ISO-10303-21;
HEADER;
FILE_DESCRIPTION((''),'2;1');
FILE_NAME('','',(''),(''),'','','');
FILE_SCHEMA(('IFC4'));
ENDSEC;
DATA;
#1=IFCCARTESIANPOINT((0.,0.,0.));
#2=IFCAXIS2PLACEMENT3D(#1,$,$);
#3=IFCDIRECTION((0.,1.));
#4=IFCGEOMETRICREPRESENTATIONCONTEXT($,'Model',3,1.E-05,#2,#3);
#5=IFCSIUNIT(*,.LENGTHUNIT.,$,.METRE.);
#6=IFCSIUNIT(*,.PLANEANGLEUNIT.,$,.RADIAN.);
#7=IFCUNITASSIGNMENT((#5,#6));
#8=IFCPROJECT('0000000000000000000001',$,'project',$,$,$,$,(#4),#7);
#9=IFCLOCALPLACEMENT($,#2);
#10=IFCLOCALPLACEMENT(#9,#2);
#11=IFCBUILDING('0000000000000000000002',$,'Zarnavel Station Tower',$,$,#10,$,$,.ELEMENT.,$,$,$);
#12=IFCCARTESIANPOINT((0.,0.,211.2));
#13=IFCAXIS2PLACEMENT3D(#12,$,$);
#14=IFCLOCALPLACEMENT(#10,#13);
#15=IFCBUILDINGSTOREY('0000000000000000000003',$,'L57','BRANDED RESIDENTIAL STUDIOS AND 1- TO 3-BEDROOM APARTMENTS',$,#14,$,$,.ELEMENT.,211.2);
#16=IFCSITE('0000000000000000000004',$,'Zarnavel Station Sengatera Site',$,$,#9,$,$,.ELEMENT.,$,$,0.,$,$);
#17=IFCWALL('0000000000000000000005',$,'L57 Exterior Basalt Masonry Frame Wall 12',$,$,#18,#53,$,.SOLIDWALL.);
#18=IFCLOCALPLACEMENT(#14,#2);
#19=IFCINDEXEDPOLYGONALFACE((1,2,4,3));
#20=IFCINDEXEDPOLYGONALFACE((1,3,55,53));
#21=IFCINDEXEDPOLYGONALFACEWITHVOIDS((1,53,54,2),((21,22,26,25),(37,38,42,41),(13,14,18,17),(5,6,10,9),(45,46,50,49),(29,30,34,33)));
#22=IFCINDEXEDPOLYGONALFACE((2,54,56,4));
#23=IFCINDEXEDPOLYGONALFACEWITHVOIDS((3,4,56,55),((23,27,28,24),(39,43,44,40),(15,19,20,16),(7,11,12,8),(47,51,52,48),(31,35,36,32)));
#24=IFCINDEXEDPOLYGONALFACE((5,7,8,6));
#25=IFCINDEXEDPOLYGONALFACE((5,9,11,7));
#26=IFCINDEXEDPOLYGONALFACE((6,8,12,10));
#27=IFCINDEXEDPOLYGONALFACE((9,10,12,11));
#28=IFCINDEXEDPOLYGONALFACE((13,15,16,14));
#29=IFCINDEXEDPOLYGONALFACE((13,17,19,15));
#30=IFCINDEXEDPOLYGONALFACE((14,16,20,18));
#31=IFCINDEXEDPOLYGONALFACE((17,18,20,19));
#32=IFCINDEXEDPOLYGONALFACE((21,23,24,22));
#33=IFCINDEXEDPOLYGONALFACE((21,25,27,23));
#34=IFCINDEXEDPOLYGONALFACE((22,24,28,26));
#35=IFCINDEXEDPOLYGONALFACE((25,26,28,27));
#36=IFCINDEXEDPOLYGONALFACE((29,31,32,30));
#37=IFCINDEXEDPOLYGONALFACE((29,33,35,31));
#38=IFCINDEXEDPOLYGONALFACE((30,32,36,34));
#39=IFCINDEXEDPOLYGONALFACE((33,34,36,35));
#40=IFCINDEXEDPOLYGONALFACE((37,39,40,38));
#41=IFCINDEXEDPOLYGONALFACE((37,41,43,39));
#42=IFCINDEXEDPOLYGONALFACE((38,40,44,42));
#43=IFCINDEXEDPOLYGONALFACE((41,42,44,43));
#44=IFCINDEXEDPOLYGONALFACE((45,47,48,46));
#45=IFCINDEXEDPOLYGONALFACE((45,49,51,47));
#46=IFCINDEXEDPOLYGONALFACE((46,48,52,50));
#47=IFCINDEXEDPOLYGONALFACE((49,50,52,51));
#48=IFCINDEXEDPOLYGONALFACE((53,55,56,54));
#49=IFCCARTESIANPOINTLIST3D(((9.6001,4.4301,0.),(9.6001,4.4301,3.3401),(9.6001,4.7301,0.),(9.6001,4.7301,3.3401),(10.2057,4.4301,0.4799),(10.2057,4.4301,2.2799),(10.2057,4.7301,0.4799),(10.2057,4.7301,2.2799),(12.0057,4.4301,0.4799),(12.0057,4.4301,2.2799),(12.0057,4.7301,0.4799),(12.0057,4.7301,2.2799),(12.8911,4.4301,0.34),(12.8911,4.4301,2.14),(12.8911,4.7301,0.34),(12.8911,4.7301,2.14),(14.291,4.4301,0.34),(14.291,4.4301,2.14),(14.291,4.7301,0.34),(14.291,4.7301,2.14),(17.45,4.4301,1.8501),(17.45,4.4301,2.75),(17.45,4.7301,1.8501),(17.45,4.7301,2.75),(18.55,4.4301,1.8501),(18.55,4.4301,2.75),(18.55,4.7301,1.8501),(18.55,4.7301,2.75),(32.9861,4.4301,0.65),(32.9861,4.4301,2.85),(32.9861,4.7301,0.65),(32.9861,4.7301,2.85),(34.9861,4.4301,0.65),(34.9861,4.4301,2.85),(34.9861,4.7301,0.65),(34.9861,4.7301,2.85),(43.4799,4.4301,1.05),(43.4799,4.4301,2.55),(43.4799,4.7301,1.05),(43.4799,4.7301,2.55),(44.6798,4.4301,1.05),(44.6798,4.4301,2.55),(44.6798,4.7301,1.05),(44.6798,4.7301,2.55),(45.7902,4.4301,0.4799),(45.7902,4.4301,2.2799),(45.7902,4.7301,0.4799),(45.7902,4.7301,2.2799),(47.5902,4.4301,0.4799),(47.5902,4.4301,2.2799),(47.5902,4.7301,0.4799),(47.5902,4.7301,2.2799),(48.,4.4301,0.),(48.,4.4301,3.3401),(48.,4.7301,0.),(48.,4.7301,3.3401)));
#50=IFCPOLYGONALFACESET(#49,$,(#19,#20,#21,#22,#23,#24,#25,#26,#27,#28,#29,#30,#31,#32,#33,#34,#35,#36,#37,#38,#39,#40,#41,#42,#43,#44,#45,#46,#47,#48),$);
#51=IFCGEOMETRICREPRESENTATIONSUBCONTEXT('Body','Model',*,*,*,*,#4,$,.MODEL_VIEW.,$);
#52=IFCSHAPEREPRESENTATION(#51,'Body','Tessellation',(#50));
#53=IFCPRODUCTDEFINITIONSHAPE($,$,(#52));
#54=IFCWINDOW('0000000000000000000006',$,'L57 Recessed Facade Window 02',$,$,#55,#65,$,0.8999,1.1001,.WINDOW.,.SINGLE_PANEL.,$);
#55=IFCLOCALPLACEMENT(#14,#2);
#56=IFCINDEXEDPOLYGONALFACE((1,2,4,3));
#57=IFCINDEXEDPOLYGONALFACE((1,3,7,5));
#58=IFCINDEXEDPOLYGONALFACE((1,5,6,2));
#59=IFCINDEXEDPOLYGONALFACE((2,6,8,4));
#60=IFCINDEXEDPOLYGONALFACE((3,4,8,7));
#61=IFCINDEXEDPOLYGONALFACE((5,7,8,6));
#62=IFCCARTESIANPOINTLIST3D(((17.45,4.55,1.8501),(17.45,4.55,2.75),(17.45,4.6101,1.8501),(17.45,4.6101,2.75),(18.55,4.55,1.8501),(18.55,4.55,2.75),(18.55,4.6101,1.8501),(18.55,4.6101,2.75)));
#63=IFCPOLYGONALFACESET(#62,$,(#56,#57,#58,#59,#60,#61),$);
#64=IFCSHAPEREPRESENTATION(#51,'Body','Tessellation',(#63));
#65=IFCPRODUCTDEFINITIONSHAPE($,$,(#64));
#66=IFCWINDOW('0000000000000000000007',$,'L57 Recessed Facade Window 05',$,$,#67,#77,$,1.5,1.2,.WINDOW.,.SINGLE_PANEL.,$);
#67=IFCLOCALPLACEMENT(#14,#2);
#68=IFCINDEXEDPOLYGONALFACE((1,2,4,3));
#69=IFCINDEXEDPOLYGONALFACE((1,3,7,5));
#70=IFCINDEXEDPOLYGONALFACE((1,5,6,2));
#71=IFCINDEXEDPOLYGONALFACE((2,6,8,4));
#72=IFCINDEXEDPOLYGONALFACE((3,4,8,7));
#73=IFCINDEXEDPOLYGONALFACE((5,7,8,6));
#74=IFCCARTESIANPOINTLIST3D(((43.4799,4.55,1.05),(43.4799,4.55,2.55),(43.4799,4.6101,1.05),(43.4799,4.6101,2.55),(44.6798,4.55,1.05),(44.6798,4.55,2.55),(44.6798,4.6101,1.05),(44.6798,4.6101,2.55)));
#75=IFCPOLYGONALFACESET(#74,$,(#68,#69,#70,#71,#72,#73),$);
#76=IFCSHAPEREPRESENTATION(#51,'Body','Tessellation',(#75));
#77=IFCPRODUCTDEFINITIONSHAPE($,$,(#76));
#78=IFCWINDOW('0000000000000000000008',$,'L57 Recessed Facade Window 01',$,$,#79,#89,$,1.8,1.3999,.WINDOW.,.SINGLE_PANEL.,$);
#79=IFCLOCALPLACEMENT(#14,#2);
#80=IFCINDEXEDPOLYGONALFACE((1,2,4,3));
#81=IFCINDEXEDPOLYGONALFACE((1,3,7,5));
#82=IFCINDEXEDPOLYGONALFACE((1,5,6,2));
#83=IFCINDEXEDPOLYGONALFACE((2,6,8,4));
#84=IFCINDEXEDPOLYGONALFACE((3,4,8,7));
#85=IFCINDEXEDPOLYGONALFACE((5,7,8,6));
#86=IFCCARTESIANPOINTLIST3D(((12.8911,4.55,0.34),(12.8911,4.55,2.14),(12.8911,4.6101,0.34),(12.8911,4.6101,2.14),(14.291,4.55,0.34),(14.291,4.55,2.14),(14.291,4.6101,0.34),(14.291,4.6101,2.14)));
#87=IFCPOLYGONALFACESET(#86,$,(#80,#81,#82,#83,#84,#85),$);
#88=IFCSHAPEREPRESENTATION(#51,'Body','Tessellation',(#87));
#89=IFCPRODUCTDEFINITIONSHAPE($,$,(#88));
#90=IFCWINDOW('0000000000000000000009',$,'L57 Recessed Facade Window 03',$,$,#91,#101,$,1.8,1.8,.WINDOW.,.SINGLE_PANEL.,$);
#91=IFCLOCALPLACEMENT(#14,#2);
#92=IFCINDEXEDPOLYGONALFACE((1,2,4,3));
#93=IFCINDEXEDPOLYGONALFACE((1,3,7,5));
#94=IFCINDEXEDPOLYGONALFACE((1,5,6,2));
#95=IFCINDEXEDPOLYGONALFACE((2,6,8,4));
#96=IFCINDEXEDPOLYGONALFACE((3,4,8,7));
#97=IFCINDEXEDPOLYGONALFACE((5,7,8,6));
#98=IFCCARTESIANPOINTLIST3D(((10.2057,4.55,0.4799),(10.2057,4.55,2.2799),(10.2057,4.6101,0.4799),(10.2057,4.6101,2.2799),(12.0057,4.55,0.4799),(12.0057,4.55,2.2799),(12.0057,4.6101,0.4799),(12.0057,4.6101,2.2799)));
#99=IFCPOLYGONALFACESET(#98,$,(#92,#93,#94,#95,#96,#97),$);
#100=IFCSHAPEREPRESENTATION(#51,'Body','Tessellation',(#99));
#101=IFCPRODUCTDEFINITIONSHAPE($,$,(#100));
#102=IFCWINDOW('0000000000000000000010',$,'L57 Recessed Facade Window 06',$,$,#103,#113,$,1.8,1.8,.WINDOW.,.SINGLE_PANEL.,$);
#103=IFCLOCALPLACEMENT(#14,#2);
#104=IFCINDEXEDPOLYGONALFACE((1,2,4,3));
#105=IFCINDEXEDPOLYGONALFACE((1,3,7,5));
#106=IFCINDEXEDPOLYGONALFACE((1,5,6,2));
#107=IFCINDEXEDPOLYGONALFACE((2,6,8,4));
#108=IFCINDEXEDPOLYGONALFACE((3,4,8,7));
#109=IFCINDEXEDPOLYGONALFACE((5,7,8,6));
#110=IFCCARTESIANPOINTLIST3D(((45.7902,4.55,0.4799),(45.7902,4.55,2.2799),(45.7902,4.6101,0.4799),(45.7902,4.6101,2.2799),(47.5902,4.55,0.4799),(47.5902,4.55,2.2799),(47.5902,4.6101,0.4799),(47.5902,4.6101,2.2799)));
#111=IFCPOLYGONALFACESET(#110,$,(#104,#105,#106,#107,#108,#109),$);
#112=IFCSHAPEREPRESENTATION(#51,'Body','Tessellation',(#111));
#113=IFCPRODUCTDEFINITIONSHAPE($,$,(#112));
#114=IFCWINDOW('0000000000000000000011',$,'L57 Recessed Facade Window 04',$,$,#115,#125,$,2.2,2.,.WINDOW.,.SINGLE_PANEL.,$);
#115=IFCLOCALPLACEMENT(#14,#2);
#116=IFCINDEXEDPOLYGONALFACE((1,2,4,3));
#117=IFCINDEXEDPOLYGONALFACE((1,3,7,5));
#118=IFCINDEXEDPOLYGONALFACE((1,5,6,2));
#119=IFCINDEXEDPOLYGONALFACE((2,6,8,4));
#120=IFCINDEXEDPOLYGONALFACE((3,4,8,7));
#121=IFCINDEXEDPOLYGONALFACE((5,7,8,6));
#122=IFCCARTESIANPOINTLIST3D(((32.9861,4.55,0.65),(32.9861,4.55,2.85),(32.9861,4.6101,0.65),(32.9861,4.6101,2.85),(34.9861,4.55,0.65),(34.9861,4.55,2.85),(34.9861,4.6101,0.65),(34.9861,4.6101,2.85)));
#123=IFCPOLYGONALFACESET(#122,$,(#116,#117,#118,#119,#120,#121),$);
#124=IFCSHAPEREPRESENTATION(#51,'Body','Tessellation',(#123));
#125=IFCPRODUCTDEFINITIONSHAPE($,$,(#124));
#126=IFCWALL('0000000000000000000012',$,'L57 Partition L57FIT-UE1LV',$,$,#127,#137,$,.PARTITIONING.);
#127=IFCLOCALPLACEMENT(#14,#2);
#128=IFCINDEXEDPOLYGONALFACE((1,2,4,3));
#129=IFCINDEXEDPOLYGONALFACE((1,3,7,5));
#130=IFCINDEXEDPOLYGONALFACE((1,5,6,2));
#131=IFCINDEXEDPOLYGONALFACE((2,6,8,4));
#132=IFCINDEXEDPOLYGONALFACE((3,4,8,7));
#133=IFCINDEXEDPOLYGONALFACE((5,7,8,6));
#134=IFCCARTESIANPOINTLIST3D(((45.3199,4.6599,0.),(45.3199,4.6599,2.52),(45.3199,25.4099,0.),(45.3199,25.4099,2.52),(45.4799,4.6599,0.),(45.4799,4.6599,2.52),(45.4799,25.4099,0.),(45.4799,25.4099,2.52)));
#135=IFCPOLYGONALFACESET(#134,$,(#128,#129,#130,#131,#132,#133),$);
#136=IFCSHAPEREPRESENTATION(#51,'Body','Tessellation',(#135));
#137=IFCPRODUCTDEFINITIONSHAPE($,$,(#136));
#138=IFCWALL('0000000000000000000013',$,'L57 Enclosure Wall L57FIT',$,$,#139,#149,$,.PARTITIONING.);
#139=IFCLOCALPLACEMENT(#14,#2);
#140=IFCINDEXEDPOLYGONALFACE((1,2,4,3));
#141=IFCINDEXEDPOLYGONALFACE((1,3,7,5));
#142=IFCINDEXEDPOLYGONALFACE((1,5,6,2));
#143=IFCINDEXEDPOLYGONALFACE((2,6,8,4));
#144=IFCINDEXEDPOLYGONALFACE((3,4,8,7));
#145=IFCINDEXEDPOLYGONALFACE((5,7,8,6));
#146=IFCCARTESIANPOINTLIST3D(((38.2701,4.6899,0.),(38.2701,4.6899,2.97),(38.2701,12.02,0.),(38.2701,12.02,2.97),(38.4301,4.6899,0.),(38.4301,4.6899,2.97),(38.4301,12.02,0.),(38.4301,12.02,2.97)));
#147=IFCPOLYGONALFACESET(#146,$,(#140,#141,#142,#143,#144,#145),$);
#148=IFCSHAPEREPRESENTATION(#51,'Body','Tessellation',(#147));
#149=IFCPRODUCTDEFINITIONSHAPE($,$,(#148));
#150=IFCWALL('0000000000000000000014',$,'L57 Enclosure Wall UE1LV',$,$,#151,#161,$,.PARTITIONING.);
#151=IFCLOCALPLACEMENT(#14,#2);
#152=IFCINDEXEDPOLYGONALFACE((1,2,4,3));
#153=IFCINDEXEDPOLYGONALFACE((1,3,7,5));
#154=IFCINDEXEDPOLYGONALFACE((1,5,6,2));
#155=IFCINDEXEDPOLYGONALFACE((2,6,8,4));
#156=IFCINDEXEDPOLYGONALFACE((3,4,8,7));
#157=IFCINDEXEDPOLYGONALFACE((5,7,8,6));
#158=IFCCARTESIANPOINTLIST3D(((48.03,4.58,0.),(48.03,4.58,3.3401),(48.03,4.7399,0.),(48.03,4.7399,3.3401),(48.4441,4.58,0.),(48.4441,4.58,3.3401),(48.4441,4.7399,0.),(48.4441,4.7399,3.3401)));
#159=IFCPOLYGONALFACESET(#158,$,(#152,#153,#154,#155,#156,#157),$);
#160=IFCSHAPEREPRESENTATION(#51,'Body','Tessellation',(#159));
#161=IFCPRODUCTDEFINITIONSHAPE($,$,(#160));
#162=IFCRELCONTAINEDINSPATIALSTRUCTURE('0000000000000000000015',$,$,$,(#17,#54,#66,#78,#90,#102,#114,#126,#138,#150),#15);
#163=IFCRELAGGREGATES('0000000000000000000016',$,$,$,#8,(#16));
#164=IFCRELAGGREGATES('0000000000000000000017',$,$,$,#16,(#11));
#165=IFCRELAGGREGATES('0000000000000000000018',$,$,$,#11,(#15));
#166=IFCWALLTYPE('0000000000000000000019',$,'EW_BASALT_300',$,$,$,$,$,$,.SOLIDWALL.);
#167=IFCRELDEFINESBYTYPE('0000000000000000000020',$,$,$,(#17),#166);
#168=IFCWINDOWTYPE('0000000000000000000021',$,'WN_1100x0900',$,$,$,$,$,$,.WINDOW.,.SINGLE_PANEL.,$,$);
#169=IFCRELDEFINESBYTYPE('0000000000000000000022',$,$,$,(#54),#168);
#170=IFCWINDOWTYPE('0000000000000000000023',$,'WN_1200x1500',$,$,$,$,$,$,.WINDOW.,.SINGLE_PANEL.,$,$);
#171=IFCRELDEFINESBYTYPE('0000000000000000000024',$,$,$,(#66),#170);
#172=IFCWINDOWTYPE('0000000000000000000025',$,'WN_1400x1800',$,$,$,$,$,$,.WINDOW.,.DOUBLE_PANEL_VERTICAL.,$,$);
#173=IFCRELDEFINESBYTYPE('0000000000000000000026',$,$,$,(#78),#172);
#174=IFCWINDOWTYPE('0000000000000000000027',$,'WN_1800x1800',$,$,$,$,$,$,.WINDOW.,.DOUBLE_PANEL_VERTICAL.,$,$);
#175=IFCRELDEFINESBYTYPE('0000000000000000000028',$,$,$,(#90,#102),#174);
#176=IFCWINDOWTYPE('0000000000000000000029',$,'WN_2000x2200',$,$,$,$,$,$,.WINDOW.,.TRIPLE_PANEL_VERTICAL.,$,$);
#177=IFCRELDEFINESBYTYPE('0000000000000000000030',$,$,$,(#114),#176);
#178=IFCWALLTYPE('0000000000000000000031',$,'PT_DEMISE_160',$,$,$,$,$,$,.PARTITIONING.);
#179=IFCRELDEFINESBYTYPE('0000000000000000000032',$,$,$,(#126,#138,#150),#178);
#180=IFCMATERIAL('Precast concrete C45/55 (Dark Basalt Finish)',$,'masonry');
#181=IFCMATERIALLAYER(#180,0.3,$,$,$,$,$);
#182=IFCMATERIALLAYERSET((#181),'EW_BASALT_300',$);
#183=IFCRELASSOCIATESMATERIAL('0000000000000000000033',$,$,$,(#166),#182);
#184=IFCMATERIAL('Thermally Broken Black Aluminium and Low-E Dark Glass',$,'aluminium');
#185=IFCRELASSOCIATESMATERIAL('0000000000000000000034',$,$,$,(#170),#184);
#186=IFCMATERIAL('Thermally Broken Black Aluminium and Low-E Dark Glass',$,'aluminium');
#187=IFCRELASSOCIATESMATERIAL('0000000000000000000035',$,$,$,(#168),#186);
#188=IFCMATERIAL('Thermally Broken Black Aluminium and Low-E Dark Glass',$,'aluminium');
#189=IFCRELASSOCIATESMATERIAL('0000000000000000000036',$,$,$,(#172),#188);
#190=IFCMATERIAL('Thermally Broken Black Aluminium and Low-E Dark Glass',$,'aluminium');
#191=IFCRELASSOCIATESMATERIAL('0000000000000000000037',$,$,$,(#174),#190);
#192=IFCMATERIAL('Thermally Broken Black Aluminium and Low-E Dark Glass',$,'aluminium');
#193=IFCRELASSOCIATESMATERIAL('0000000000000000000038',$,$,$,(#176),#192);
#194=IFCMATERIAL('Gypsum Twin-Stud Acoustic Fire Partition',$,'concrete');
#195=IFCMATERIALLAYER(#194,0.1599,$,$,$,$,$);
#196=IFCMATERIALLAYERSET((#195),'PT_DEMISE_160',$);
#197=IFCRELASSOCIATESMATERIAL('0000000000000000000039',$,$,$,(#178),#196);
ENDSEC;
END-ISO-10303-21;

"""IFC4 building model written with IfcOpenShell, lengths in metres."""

from ifc_helpers import new_model, si_unit, direction, frame, frame_2d, origin, place, context, subcontext, project, spatial, rectangle, extrude, material, layer, layer_set, type_object, element, fill, save


model = new_model("IFC4")

# Units and contexts
model_context = context("Model", 3, precision=1e-05, world=origin(), true_north=direction((0.0, 1.0)))
body_context = subcontext(model_context, "Body", "Model", "MODEL_VIEW")
ifc_project = project(units=[si_unit("LENGTHUNIT", "METRE"), si_unit("PLANEANGLEUNIT", "RADIAN")], contexts=[model_context])

# Site, building, storey
site_placement = place(None, origin())
site = spatial("IfcSite", under=ifc_project, at=site_placement, Name="Zarnavel Station Sengatera Site", CompositionType="ELEMENT", RefElevation=0.0)
building_placement = place(site_placement, origin())
building = spatial("IfcBuilding", under=site, at=building_placement, Name="Zarnavel Station Tower", CompositionType="ELEMENT")
storey_placement = place(building_placement, frame((0.0, 0.0, 211.2)))
storey = spatial("IfcBuildingStorey", under=building, at=storey_placement, Name="L57", Description="BRANDED RESIDENTIAL STUDIOS AND 1- TO 3-BEDROOM APARTMENTS", CompositionType="ELEMENT", Elevation=211.2)

# Shared definitions
ifc_material_1 = material(Name="Precast concrete C45/55 (Dark Basalt Finish)", Category="masonry")
ifc_layer_1 = layer(ifc_material_1, 0.3)
ifc_layer_set_1 = layer_set([ifc_layer_1], Name="EW_BASALT_300")
wall_type_1 = type_object("IfcWallType", Name="EW_BASALT_300", PredefinedType="SOLIDWALL", material=ifc_layer_set_1)
ifc_material_2 = material(Name="Thermally Broken Black Aluminium and Low-E Dark Glass", Category="aluminium")
window_type_1 = type_object("IfcWindowType", Name="WN_1200x1500", PartitioningType="SINGLE_PANEL", PredefinedType="WINDOW", material=ifc_material_2)

# Wall, openings, windows
wall_1_placement = place(storey_placement, frame((48.0, 4.5801, 0.0), z_axis=(0.0, 0.0, 1.0), x_axis=(-1.0, 0.0, 0.0)))
wall_1 = element("IfcWall", 1, at=wall_1_placement, inside=storey, type_object=wall_type_1, Name="L57 Exterior Basalt Masonry Frame Wall 12", PredefinedType="SOLIDWALL", context=body_context, shape_type="SweptSolid", body=[
    extrude(rectangle(XDim=38.3999, YDim=0.3, at=frame_2d((19.2, 0.0))), origin(), (0.0, 0.0, 1.0), 3.3401),
])
opening_1_placement = place(wall_1_placement, frame((33.709, 0.0, 0.3401)))
opening_1 = element("IfcOpeningElement", 2, at=opening_1_placement, cuts=wall_1, PredefinedType="OPENING", context=body_context, shape_type="SweptSolid", body=[
    extrude(rectangle(XDim=1.3999, YDim=1.8, at=frame_2d((0.7, 0.8999))), frame((0.0, 0.1599, 0.0), z_axis=(0.0, -1.0, 0.0), x_axis=(1.0, 0.0, 0.0)), (0.0, 0.0, 1.0), 0.3201),
])
opening_2_placement = place(wall_1_placement, frame((29.45, 0.0, 1.8501)))
opening_2 = element("IfcOpeningElement", 3, at=opening_2_placement, cuts=wall_1, PredefinedType="OPENING", context=body_context, shape_type="SweptSolid", body=[
    extrude(rectangle(XDim=1.1001, YDim=0.8999, at=frame_2d((0.55, 0.45))), frame((0.0, 0.1599, 0.0), z_axis=(0.0, -1.0, 0.0), x_axis=(1.0, 0.0, 0.0)), (0.0, 0.0, 1.0), 0.3201),
])
opening_3_placement = place(wall_1_placement, frame((35.9944, 0.0, 0.48)))
opening_3 = element("IfcOpeningElement", 4, at=opening_3_placement, cuts=wall_1, PredefinedType="OPENING", context=body_context, shape_type="SweptSolid", body=[
    extrude(rectangle(XDim=1.8, YDim=1.8, at=frame_2d((0.8999, 0.8999))), frame((0.0, 0.1599, 0.0), z_axis=(0.0, -1.0, 0.0), x_axis=(1.0, 0.0, 0.0)), (0.0, 0.0, 1.0), 0.3201),
])
opening_4_placement = place(wall_1_placement, frame((13.0139, 0.0, 0.6499)))
opening_4 = element("IfcOpeningElement", 5, at=opening_4_placement, cuts=wall_1, PredefinedType="OPENING", context=body_context, shape_type="SweptSolid", body=[
    extrude(rectangle(XDim=2.0, YDim=2.2, at=frame_2d((1.0, 1.1001))), frame((0.0, 0.1599, 0.0), z_axis=(0.0, -1.0, 0.0), x_axis=(1.0, 0.0, 0.0)), (0.0, 0.0, 1.0), 0.3201),
])
opening_5_placement = place(wall_1_placement, frame((3.3201, 0.0, 1.05)))
opening_5 = element("IfcOpeningElement", 6, at=opening_5_placement, cuts=wall_1, PredefinedType="OPENING", context=body_context, shape_type="SweptSolid", body=[
    extrude(rectangle(XDim=1.2, YDim=1.5, at=frame_2d((0.6001, 0.75))), frame((0.0, 0.1599, 0.0), z_axis=(0.0, -1.0, 0.0), x_axis=(1.0, 0.0, 0.0)), (0.0, 0.0, 1.0), 0.3201),
])
opening_6_placement = place(wall_1_placement, frame((0.4099, 0.0, 0.48)))
opening_6 = element("IfcOpeningElement", 7, at=opening_6_placement, cuts=wall_1, PredefinedType="OPENING", context=body_context, shape_type="SweptSolid", body=[
    extrude(rectangle(XDim=1.8, YDim=1.8, at=frame_2d((0.8999, 0.8999))), frame((0.0, 0.1599, 0.0), z_axis=(0.0, -1.0, 0.0), x_axis=(1.0, 0.0, 0.0)), (0.0, 0.0, 1.0), 0.3201),
])
ifc_material_3 = material(Name="Thermally Broken Black Aluminium and Low-E Dark Glass", Category="aluminium")
window_type_2 = type_object("IfcWindowType", Name="WN_1100x0900", PartitioningType="SINGLE_PANEL", PredefinedType="WINDOW", material=ifc_material_3)
window_1_placement = place(opening_2_placement, origin())
window_1 = element("IfcWindow", 8, at=window_1_placement, inside=storey, type_object=window_type_2, Name="L57 Recessed Facade Window 02", OverallHeight=0.8999, OverallWidth=1.1001, PartitioningType="SINGLE_PANEL", PredefinedType="WINDOW", context=body_context, shape_type="SweptSolid", body=[
    extrude(rectangle(XDim=1.1001, YDim=0.8999, at=frame_2d((0.55, 0.45))), frame((0.0, 0.03, 0.0), z_axis=(0.0, -1.0, 0.0), x_axis=(1.0, 0.0, 0.0)), (0.0, 0.0, 1.0), 0.0601),
])
fill(opening_2, window_1)
window_2_placement = place(opening_5_placement, origin())
window_2 = element("IfcWindow", 9, at=window_2_placement, inside=storey, type_object=window_type_1, Name="L57 Recessed Facade Window 05", OverallHeight=1.5, OverallWidth=1.2, PartitioningType="SINGLE_PANEL", PredefinedType="WINDOW", context=body_context, shape_type="SweptSolid", body=[
    extrude(rectangle(XDim=1.2, YDim=1.5, at=frame_2d((0.6001, 0.75))), frame((0.0, 0.03, 0.0), z_axis=(0.0, -1.0, 0.0), x_axis=(1.0, 0.0, 0.0)), (0.0, 0.0, 1.0), 0.0601),
])
fill(opening_5, window_2)
ifc_material_4 = material(Name="Thermally Broken Black Aluminium and Low-E Dark Glass", Category="aluminium")
window_type_3 = type_object("IfcWindowType", Name="WN_1400x1800", PartitioningType="DOUBLE_PANEL_VERTICAL", PredefinedType="WINDOW", material=ifc_material_4)
window_3_placement = place(opening_1_placement, origin())
window_3 = element("IfcWindow", 10, at=window_3_placement, inside=storey, type_object=window_type_3, Name="L57 Recessed Facade Window 01", OverallHeight=1.8, OverallWidth=1.3999, PartitioningType="SINGLE_PANEL", PredefinedType="WINDOW", context=body_context, shape_type="SweptSolid", body=[
    extrude(rectangle(XDim=1.3999, YDim=1.8, at=frame_2d((0.7, 0.8999))), frame((0.0, 0.03, 0.0), z_axis=(0.0, -1.0, 0.0), x_axis=(1.0, 0.0, 0.0)), (0.0, 0.0, 1.0), 0.0601),
])
fill(opening_1, window_3)
ifc_material_5 = material(Name="Thermally Broken Black Aluminium and Low-E Dark Glass", Category="aluminium")
window_type_4 = type_object("IfcWindowType", Name="WN_1800x1800", PartitioningType="DOUBLE_PANEL_VERTICAL", PredefinedType="WINDOW", material=ifc_material_5)
window_4_placement = place(opening_3_placement, origin())
window_4 = element("IfcWindow", 11, at=window_4_placement, inside=storey, type_object=window_type_4, Name="L57 Recessed Facade Window 03", OverallHeight=1.8, OverallWidth=1.8, PartitioningType="SINGLE_PANEL", PredefinedType="WINDOW", context=body_context, shape_type="SweptSolid", body=[
    extrude(rectangle(XDim=1.8, YDim=1.8, at=frame_2d((0.8999, 0.8999))), frame((0.0, 0.03, 0.0), z_axis=(0.0, -1.0, 0.0), x_axis=(1.0, 0.0, 0.0)), (0.0, 0.0, 1.0), 0.0601),
])
fill(opening_3, window_4)
window_5_placement = place(opening_6_placement, origin())
window_5 = element("IfcWindow", 12, at=window_5_placement, inside=storey, type_object=window_type_4, Name="L57 Recessed Facade Window 06", OverallHeight=1.8, OverallWidth=1.8, PartitioningType="SINGLE_PANEL", PredefinedType="WINDOW", context=body_context, shape_type="SweptSolid", body=[
    extrude(rectangle(XDim=1.8, YDim=1.8, at=frame_2d((0.8999, 0.8999))), frame((0.0, 0.03, 0.0), z_axis=(0.0, -1.0, 0.0), x_axis=(1.0, 0.0, 0.0)), (0.0, 0.0, 1.0), 0.0601),
])
fill(opening_6, window_5)
ifc_material_6 = material(Name="Thermally Broken Black Aluminium and Low-E Dark Glass", Category="aluminium")
window_type_5 = type_object("IfcWindowType", Name="WN_2000x2200", PartitioningType="TRIPLE_PANEL_VERTICAL", PredefinedType="WINDOW", material=ifc_material_6)
window_6_placement = place(opening_4_placement, origin())
window_6 = element("IfcWindow", 13, at=window_6_placement, inside=storey, type_object=window_type_5, Name="L57 Recessed Facade Window 04", OverallHeight=2.2, OverallWidth=2.0, PartitioningType="SINGLE_PANEL", PredefinedType="WINDOW", context=body_context, shape_type="SweptSolid", body=[
    extrude(rectangle(XDim=2.0, YDim=2.2, at=frame_2d((1.0, 1.1001))), frame((0.0, 0.03, 0.0), z_axis=(0.0, -1.0, 0.0), x_axis=(1.0, 0.0, 0.0)), (0.0, 0.0, 1.0), 0.0601),
])
fill(opening_4, window_6)

# Walls
ifc_material_7 = material(Name="Gypsum Twin-Stud Acoustic Fire Partition", Category="concrete")
ifc_layer_2 = layer(ifc_material_7, 0.1599)
ifc_layer_set_2 = layer_set([ifc_layer_2], Name="PT_DEMISE_160")
wall_type_2 = type_object("IfcWallType", Name="PT_DEMISE_160", PredefinedType="PARTITIONING", material=ifc_layer_set_2)
wall_2_placement = place(storey_placement, frame((45.3999, 4.6599, 0.0), z_axis=(0.0, 0.0, 1.0), x_axis=(0.0, 1.0, 0.0)))
element("IfcWall", 14, at=wall_2_placement, inside=storey, type_object=wall_type_2, Name="L57 Partition L57FIT-UE1LV", PredefinedType="PARTITIONING", context=body_context, shape_type="SweptSolid", body=[
    extrude(rectangle(XDim=20.75, YDim=0.1599, at=frame_2d((10.375, 0.0))), origin(), (0.0, 0.0, 1.0), 2.52),
])
wall_3_placement = place(storey_placement, frame((38.3501, 4.6899, 0.0), z_axis=(0.0, 0.0, 1.0), x_axis=(0.0, 1.0, 0.0)))
element("IfcWall", 15, at=wall_3_placement, inside=storey, type_object=wall_type_2, Name="L57 Enclosure Wall L57FIT", PredefinedType="PARTITIONING", context=body_context, shape_type="SweptSolid", body=[
    extrude(rectangle(XDim=7.3301, YDim=0.1599, at=frame_2d((3.665, 0.0))), origin(), (0.0, 0.0, 1.0), 2.97),
])
wall_4_placement = place(storey_placement, frame((48.03, 4.6599, 0.0), z_axis=(0.0, 0.0, 1.0), x_axis=(1.0, 0.0, 0.0)))
element("IfcWall", 16, at=wall_4_placement, inside=storey, type_object=wall_type_2, Name="L57 Enclosure Wall UE1LV", PredefinedType="PARTITIONING", context=body_context, shape_type="SweptSolid", body=[
    extrude(rectangle(XDim=0.4141, YDim=0.1599, at=frame_2d((0.207, 0.0))), origin(), (0.0, 0.0, 1.0), 3.3401),
])

save(model, "model.ifc")
